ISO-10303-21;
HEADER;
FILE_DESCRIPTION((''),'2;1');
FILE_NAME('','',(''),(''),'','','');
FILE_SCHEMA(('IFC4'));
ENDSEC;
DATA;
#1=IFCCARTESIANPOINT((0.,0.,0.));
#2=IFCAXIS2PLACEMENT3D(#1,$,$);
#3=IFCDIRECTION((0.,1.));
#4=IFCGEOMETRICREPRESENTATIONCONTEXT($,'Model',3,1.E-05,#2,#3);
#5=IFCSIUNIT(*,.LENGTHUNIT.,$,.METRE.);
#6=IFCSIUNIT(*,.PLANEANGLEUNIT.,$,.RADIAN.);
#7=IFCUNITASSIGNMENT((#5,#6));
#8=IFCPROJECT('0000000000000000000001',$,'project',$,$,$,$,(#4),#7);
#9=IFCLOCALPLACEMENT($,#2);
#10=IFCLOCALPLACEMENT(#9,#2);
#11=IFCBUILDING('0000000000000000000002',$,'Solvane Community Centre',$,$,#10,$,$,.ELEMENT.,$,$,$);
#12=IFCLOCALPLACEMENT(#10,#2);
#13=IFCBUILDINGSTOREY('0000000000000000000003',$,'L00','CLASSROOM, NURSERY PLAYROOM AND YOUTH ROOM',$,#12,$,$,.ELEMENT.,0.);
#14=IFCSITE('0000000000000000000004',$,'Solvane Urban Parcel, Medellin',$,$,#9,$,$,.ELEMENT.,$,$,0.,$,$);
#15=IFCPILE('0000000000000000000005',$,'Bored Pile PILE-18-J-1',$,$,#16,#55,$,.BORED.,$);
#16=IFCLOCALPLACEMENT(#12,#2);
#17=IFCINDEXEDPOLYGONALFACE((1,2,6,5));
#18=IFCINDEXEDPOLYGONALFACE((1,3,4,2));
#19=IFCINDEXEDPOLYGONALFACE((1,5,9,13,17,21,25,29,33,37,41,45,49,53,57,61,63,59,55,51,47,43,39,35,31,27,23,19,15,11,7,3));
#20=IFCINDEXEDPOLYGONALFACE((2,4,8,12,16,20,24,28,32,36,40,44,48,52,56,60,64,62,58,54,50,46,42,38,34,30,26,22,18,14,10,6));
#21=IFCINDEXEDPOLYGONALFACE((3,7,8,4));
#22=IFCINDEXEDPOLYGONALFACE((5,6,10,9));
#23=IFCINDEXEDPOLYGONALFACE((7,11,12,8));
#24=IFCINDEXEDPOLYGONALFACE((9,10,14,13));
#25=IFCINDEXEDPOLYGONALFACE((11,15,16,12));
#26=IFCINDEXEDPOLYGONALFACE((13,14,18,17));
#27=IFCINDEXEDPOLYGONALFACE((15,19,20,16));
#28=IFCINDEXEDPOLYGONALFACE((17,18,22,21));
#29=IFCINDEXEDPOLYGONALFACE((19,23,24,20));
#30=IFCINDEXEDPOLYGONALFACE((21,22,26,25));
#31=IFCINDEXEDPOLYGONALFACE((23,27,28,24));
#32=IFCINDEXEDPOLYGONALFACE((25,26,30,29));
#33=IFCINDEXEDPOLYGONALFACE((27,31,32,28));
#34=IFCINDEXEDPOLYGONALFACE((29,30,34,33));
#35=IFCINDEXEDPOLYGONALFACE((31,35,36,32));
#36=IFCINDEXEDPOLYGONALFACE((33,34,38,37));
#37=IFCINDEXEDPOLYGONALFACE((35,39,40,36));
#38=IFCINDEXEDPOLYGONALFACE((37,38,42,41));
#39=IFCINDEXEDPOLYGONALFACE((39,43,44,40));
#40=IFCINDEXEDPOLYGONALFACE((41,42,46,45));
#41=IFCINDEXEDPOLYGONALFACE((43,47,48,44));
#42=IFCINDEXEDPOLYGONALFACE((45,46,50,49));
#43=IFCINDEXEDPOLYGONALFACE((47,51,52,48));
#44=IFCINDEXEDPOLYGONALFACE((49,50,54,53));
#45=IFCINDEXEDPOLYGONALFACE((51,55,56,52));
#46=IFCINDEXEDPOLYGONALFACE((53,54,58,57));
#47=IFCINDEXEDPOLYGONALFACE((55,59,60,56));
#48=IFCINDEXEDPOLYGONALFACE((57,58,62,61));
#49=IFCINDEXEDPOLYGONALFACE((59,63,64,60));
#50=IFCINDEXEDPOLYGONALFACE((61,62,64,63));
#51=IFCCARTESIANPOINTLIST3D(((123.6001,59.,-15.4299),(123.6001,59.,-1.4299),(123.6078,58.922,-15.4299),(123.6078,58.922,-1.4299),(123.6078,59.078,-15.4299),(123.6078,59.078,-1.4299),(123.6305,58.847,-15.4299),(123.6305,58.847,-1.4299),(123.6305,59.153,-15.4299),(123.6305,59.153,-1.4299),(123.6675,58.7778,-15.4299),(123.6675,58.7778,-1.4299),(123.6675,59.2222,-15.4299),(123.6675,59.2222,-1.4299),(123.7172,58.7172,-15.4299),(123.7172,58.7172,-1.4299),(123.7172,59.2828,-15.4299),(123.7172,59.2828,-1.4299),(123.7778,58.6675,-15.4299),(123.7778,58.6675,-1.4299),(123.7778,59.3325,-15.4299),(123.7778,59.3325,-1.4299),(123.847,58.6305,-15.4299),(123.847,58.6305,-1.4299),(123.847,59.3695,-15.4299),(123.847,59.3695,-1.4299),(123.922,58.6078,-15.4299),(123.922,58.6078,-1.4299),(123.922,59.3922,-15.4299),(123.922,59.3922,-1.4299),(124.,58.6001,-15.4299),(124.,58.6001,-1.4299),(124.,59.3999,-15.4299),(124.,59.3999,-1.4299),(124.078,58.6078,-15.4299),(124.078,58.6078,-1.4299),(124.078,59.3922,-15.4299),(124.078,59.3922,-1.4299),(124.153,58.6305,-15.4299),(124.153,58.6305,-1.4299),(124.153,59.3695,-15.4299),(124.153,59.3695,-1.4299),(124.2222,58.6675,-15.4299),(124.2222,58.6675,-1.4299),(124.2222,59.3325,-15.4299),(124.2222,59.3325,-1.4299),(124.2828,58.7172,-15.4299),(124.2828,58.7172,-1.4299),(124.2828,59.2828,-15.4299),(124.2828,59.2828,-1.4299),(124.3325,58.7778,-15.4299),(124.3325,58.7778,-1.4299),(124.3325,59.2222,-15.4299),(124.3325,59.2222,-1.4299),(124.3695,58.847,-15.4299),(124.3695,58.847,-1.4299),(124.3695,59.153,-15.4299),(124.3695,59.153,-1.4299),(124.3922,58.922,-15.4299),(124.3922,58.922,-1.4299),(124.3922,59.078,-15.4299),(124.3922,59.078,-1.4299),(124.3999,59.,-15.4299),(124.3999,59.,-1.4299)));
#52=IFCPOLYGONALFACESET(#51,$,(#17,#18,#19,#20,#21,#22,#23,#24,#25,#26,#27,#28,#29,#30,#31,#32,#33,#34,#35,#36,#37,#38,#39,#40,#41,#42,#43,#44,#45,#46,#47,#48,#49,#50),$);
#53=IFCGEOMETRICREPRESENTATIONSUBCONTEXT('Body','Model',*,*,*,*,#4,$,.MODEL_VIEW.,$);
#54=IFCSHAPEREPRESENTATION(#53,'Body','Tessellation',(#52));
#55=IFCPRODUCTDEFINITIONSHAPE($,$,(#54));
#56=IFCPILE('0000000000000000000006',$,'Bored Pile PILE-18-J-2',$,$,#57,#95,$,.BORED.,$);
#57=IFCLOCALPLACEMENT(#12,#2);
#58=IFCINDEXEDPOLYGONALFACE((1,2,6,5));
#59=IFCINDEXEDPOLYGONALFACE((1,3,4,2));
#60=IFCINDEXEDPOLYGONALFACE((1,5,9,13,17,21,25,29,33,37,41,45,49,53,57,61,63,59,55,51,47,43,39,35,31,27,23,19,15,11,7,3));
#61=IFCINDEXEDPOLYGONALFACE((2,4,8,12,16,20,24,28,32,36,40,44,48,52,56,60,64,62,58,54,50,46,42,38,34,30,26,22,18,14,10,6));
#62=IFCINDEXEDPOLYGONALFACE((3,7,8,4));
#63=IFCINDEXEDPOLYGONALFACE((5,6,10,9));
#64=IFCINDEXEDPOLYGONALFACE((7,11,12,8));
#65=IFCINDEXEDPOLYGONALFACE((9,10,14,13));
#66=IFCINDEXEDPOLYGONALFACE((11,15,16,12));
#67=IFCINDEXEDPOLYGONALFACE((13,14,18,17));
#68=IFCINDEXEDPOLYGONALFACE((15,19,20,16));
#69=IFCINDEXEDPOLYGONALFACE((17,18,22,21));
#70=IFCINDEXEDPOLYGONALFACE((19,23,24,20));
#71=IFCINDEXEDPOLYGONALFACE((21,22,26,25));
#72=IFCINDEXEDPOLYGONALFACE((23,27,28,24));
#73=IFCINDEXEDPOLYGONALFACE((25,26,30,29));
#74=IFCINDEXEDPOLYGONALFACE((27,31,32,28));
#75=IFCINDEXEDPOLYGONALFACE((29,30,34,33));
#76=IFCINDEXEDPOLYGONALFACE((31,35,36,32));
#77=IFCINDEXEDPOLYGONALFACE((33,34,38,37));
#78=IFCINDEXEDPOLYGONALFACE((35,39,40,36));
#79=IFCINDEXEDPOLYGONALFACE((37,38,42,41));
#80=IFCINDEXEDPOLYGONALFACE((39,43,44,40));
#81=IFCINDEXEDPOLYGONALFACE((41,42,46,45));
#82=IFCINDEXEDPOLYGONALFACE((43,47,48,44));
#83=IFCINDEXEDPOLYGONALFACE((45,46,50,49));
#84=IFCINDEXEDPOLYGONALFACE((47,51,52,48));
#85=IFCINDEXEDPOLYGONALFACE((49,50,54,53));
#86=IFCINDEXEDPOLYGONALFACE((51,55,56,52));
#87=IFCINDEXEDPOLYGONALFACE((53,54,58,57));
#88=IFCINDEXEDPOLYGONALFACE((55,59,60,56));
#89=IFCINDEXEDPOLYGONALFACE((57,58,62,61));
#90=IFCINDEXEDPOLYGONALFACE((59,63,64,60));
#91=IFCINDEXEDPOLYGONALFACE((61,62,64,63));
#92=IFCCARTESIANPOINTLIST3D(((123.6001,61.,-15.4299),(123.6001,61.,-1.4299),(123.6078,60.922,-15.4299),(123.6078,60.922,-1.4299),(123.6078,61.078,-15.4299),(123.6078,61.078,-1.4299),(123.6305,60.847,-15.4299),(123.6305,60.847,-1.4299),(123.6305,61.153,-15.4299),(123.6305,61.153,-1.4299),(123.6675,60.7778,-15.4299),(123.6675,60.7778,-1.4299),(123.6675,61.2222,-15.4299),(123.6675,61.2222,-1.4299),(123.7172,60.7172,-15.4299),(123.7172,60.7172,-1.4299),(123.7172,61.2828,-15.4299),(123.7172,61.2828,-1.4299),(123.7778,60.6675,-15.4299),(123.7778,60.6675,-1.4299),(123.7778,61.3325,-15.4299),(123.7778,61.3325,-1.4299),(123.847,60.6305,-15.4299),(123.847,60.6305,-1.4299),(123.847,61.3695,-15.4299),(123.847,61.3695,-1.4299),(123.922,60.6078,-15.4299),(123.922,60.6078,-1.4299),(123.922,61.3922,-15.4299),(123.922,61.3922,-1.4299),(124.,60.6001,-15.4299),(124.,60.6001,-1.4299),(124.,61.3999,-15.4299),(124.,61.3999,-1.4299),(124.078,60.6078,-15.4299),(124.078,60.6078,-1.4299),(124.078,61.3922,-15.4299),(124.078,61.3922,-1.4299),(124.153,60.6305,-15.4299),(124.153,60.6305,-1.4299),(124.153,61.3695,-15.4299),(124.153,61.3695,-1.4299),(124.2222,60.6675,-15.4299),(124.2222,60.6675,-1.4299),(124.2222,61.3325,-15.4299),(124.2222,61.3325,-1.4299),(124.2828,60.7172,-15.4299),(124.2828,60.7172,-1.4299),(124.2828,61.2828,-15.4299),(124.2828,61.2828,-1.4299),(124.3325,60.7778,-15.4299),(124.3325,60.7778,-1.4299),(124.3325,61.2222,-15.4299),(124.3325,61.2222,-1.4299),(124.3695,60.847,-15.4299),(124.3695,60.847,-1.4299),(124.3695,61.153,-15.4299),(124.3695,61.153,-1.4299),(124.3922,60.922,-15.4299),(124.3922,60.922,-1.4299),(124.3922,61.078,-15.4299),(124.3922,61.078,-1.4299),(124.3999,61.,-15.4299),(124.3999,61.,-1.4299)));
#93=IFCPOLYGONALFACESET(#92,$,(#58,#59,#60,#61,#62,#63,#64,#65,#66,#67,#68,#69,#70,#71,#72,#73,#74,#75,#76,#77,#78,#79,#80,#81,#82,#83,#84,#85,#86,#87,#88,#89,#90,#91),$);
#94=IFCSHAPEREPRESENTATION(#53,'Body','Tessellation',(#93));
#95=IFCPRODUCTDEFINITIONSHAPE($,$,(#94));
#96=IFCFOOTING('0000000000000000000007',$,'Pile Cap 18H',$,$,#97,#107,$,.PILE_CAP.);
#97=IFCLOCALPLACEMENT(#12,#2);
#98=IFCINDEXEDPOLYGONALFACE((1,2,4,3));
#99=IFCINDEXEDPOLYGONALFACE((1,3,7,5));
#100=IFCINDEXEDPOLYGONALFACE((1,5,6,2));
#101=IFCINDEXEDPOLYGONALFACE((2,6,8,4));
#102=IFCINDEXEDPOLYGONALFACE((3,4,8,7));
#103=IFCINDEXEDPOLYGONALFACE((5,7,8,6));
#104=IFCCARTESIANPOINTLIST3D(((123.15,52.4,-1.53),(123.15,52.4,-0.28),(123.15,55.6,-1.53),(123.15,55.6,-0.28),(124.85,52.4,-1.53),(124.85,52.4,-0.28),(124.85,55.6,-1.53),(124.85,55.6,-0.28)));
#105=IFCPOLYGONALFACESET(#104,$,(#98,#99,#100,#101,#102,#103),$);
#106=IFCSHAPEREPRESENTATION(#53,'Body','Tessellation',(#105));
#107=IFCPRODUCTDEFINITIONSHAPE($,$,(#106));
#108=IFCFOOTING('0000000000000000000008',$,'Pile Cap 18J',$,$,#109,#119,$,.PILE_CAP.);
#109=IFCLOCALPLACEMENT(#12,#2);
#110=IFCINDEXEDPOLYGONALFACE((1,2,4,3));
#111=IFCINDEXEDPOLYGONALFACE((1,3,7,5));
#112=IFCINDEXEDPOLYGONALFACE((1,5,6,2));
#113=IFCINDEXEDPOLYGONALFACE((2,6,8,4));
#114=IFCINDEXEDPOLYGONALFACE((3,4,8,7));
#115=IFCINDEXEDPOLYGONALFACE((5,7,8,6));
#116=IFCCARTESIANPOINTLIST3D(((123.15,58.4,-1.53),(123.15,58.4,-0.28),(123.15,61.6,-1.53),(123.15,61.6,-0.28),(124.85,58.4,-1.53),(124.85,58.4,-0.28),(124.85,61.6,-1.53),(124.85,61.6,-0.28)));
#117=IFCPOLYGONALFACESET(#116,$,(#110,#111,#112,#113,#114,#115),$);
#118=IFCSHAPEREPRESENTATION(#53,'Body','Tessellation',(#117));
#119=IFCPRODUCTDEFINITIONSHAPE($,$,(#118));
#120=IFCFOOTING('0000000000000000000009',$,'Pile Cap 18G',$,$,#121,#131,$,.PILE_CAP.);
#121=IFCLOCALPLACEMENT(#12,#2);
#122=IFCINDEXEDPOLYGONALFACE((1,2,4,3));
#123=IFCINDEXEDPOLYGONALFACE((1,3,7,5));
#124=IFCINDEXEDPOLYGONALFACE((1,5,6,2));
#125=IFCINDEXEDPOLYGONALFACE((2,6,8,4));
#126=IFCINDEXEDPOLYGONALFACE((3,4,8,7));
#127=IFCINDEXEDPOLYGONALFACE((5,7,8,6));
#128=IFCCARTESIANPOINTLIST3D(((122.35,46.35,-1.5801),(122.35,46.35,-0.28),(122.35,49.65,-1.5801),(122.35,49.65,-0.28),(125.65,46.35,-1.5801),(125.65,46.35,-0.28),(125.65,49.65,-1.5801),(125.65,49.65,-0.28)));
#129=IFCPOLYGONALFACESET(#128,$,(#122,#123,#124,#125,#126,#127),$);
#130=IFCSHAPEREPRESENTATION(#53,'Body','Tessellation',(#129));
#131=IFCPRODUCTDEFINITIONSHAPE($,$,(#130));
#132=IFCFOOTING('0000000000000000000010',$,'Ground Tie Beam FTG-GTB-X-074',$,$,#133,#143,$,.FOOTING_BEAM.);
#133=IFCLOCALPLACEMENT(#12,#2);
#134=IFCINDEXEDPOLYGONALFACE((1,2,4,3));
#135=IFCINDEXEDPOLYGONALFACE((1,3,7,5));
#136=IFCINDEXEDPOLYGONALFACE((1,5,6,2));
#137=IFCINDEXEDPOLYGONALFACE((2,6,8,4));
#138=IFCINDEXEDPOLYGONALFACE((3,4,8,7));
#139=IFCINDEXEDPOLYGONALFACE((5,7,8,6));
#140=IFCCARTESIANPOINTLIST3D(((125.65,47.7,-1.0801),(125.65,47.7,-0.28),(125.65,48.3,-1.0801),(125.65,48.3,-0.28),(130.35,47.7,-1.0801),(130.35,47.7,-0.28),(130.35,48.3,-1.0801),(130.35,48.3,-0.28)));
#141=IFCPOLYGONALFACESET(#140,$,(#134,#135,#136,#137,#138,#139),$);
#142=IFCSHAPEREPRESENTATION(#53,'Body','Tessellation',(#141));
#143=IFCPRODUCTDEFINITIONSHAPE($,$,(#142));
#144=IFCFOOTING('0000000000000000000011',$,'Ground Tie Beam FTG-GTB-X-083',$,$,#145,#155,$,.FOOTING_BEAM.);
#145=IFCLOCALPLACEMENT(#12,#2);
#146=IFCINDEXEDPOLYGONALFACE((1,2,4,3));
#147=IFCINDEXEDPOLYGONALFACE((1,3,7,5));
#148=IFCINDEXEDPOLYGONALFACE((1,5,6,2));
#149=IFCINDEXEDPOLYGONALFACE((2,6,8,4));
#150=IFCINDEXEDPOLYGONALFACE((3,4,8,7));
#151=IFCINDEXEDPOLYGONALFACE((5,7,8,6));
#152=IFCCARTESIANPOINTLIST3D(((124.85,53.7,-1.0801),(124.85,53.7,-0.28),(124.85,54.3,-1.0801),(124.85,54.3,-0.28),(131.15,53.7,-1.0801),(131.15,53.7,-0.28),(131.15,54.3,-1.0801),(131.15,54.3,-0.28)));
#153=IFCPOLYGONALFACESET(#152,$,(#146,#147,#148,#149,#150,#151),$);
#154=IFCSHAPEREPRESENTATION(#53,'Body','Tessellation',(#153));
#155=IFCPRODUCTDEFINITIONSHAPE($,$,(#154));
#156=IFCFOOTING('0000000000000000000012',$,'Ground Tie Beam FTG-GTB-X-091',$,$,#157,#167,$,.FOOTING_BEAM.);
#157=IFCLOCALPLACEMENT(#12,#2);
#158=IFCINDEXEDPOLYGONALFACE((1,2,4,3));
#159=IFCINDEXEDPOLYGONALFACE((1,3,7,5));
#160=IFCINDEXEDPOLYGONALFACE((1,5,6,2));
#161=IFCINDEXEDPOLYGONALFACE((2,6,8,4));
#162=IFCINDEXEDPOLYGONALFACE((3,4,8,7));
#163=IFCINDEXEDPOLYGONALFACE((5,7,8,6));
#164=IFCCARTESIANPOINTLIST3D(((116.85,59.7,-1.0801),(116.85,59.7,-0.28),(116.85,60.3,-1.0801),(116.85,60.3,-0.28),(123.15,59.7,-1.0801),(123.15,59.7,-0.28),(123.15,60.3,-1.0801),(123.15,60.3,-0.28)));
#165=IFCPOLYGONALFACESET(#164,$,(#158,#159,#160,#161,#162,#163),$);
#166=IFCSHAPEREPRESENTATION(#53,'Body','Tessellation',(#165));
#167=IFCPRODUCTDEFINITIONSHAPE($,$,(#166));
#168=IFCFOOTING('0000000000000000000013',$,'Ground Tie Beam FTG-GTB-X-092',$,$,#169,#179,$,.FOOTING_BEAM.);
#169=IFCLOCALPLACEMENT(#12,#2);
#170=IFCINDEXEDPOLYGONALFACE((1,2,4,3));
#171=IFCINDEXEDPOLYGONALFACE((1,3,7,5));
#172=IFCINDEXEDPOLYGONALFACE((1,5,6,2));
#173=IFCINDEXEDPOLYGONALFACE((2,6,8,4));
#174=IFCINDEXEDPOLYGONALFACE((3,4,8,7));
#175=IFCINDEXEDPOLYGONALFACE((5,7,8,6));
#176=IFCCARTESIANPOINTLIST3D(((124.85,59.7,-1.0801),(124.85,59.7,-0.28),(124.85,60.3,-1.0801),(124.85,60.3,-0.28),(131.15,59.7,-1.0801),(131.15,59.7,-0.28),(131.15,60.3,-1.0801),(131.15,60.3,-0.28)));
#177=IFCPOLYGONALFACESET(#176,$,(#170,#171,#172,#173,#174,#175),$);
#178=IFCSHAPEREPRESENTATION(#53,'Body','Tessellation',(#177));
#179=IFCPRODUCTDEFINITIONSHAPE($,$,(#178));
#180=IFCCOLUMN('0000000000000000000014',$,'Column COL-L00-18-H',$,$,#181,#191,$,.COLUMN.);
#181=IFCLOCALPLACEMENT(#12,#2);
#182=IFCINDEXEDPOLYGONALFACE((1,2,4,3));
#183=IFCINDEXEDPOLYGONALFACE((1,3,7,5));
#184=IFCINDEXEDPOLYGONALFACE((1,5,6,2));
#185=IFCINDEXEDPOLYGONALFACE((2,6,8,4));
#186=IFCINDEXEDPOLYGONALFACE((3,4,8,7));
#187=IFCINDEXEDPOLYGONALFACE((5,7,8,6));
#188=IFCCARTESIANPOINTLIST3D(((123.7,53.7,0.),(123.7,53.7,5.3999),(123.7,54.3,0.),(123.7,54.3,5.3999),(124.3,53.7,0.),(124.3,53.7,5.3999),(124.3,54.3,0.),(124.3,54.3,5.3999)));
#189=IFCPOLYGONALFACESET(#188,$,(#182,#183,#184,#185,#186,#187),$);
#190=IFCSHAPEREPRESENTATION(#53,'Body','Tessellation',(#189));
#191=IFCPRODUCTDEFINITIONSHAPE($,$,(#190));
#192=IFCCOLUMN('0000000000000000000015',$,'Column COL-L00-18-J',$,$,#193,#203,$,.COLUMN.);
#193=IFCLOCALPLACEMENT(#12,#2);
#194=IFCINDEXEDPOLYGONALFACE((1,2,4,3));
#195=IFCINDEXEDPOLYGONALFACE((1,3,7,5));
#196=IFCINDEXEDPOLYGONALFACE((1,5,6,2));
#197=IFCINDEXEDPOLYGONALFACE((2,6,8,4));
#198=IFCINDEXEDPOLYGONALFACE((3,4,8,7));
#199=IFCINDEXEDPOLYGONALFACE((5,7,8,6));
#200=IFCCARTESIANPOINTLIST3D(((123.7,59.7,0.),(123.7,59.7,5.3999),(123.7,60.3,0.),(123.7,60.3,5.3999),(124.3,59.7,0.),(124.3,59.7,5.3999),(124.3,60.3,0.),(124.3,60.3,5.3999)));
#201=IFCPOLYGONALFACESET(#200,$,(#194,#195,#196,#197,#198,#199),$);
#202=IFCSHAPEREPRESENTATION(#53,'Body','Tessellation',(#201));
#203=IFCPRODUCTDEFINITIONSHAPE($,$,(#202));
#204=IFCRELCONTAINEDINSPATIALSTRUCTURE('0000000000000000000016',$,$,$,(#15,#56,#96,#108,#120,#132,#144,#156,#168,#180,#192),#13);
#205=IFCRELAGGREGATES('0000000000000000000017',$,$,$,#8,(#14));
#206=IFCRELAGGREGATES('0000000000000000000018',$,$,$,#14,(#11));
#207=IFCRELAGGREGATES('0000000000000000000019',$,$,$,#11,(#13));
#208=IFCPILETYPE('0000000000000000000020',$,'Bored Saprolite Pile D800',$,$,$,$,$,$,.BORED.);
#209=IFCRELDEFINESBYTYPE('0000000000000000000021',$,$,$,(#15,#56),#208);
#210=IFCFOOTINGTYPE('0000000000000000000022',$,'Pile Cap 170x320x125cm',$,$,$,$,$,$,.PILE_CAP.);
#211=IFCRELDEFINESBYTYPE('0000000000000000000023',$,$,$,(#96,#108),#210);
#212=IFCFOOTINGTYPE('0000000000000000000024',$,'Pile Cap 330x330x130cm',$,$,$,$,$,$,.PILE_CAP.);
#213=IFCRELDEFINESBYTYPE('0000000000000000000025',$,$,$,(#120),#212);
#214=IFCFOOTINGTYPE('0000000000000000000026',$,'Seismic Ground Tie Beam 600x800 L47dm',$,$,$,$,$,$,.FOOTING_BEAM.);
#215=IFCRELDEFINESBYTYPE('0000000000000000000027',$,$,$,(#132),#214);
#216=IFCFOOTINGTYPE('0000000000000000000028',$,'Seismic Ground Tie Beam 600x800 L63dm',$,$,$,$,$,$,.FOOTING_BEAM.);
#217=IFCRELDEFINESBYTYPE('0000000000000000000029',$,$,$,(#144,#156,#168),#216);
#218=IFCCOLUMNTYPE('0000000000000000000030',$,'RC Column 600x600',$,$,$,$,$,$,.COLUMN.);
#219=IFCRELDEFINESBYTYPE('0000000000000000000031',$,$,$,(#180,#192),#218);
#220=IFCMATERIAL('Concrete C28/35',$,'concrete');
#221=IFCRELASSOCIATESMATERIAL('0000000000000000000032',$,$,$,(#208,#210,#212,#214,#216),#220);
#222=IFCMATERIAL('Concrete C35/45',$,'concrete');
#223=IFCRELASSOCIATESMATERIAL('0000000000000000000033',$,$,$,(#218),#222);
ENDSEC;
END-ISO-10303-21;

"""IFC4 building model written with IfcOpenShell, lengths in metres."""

from ifc_helpers import new_model, si_unit, direction, frame, origin, origin_2d, place, context, subcontext, project, spatial, rectangle, circle, extrude, material, material_profile, profile_set, type_object, element, save


model = new_model("IFC4")

# Units and contexts
model_context = context("Model", 3, precision=1e-05, world=origin(), true_north=direction((0.0, 1.0)))
body_context = subcontext(model_context, "Body", "Model", "MODEL_VIEW")
ifc_project = project(units=[si_unit("LENGTHUNIT", "METRE"), si_unit("PLANEANGLEUNIT", "RADIAN")], contexts=[model_context])

# Site, building, storey
site_placement = place(None, origin())
site = spatial("IfcSite", under=ifc_project, at=site_placement, Name="Solvane Urban Parcel, Medellin", CompositionType="ELEMENT", RefElevation=0.0)
building_placement = place(site_placement, origin())
building = spatial("IfcBuilding", under=site, at=building_placement, Name="Solvane Community Centre", CompositionType="ELEMENT")
storey_placement = place(building_placement, origin())
storey = spatial("IfcBuildingStorey", under=building, at=storey_placement, Name="L00", Description="CLASSROOM, NURSERY PLAYROOM AND YOUTH ROOM", CompositionType="ELEMENT", Elevation=0.0)

# Piles
ifc_material_1 = material(Name="Concrete C28/35", Category="concrete")
ifc_material_profile_1 = material_profile(ifc_material_1, circle(Radius=0.3999, at=origin_2d()), Name="PILE D800")
ifc_profile_set_1 = profile_set([ifc_material_profile_1], Name="Concrete C28/35")
pile_type = type_object("IfcPileType", Name="Bored Saprolite Pile D800", PredefinedType="BORED", material=ifc_profile_set_1)
for number, where, z_axis, x_axis, name in (
    (1, (124.0, 59.0, -1.4299), (0.0, 0.0, -1.0), (1.0, 0.0, 0.0), "Bored Pile PILE-18-J-1"),
    (2, (124.0, 61.0, -1.4299), (0.0, 0.0, -1.0), (1.0, 0.0, 0.0), "Bored Pile PILE-18-J-2"),
):
    element("IfcPile", number, at=place(storey_placement, frame(where, z_axis=z_axis, x_axis=x_axis)), inside=storey, type_object=pile_type, Name=name, PredefinedType="BORED", context=body_context, shape_type="SweptSolid", body=[
        extrude(circle(Radius=0.3999, at=origin_2d()), origin(), (0.0, 0.0, 1.0), 14.0),
    ])

# Footings
footing_type_1 = type_object("IfcFootingType", Name="Pile Cap 170x320x125cm", PredefinedType="PILE_CAP", material=ifc_material_1)
for number, where, z_axis, x_axis, name in (
    (3, (124.0, 54.0, -1.53), (0.0, 0.0, 1.0), (1.0, 0.0, 0.0), "Pile Cap 18H"),
    (4, (124.0, 60.0, -1.53), (0.0, 0.0, 1.0), (1.0, 0.0, 0.0), "Pile Cap 18J"),
):
    element("IfcFooting", number, at=place(storey_placement, frame(where, z_axis=z_axis, x_axis=x_axis)), inside=storey, type_object=footing_type_1, Name=name, PredefinedType="PILE_CAP", context=body_context, shape_type="SweptSolid", body=[
        extrude(rectangle(XDim=1.7, YDim=3.2, at=origin_2d()), origin(), (0.0, 0.0, 1.0), 1.25),
    ])
footing_type_2 = type_object("IfcFootingType", Name="Pile Cap 330x330x130cm", PredefinedType="PILE_CAP", material=ifc_material_1)
footing_1_placement = place(storey_placement, frame((124.0, 48.0, -1.5801), z_axis=(0.0, 0.0, 1.0), x_axis=(1.0, 0.0, 0.0)))
element("IfcFooting", 5, at=footing_1_placement, inside=storey, type_object=footing_type_2, Name="Pile Cap 18G", PredefinedType="PILE_CAP", context=body_context, shape_type="SweptSolid", body=[
    extrude(rectangle(XDim=3.3, YDim=3.3, at=origin_2d()), origin(), (0.0, 0.0, 1.0), 1.3),
])
footing_type_3 = type_object("IfcFootingType", Name="Seismic Ground Tie Beam 600x800 L47dm", PredefinedType="FOOTING_BEAM", material=ifc_material_1)
footing_2_placement = place(storey_placement, frame((128.0, 48.0, -1.0801), z_axis=(0.0, 0.0, 1.0), x_axis=(1.0, 0.0, 0.0)))
element("IfcFooting", 6, at=footing_2_placement, inside=storey, type_object=footing_type_3, Name="Ground Tie Beam FTG-GTB-X-074", PredefinedType="FOOTING_BEAM", context=body_context, shape_type="SweptSolid", body=[
    extrude(rectangle(XDim=4.7, YDim=0.6001, at=origin_2d()), origin(), (0.0, 0.0, 1.0), 0.8),
])
footing_type_4 = type_object("IfcFootingType", Name="Seismic Ground Tie Beam 600x800 L63dm", PredefinedType="FOOTING_BEAM", material=ifc_material_1)
for number, where, z_axis, x_axis, name in (
    (7, (128.0, 54.0, -1.0801), (0.0, 0.0, 1.0), (1.0, 0.0, 0.0), "Ground Tie Beam FTG-GTB-X-083"),
    (8, (120.0, 60.0, -1.0801), (0.0, 0.0, 1.0), (1.0, 0.0, 0.0), "Ground Tie Beam FTG-GTB-X-091"),
    (9, (128.0, 60.0, -1.0801), (0.0, 0.0, 1.0), (1.0, 0.0, 0.0), "Ground Tie Beam FTG-GTB-X-092"),
):
    element("IfcFooting", number, at=place(storey_placement, frame(where, z_axis=z_axis, x_axis=x_axis)), inside=storey, type_object=footing_type_4, Name=name, PredefinedType="FOOTING_BEAM", context=body_context, shape_type="SweptSolid", body=[
        extrude(rectangle(XDim=6.3, YDim=0.6001, at=origin_2d()), origin(), (0.0, 0.0, 1.0), 0.8),
    ])

# Columns
ifc_material_2 = material(Name="Concrete C35/45", Category="concrete")
ifc_material_profile_2 = material_profile(ifc_material_2, rectangle(XDim=0.6001, YDim=0.6001, at=origin_2d()), Name="RC 600x600")
ifc_profile_set_2 = profile_set([ifc_material_profile_2], Name="Concrete C35/45")
column_type_1 = type_object("IfcColumnType", Name="RC Column 600x600", PredefinedType="COLUMN", material=ifc_profile_set_2)
for number, where, z_axis, x_axis, name in (
    (10, (124.0, 54.0, 0.0), (0.0, 0.0, 1.0), (1.0, 0.0, 0.0), "Column COL-L00-18-H"),
    (11, (124.0, 60.0, 0.0), (0.0, 0.0, 1.0), (1.0, 0.0, 0.0), "Column COL-L00-18-J"),
):
    element("IfcColumn", number, at=place(storey_placement, frame(where, z_axis=z_axis, x_axis=x_axis)), inside=storey, type_object=column_type_1, Name=name, PredefinedType="COLUMN", context=body_context, shape_type="SweptSolid", body=[
        extrude(rectangle(XDim=0.6001, YDim=0.6001, at=origin_2d()), origin(), (0.0, 0.0, 1.0), 5.3999),
    ])

save(model, "model.ifc")
